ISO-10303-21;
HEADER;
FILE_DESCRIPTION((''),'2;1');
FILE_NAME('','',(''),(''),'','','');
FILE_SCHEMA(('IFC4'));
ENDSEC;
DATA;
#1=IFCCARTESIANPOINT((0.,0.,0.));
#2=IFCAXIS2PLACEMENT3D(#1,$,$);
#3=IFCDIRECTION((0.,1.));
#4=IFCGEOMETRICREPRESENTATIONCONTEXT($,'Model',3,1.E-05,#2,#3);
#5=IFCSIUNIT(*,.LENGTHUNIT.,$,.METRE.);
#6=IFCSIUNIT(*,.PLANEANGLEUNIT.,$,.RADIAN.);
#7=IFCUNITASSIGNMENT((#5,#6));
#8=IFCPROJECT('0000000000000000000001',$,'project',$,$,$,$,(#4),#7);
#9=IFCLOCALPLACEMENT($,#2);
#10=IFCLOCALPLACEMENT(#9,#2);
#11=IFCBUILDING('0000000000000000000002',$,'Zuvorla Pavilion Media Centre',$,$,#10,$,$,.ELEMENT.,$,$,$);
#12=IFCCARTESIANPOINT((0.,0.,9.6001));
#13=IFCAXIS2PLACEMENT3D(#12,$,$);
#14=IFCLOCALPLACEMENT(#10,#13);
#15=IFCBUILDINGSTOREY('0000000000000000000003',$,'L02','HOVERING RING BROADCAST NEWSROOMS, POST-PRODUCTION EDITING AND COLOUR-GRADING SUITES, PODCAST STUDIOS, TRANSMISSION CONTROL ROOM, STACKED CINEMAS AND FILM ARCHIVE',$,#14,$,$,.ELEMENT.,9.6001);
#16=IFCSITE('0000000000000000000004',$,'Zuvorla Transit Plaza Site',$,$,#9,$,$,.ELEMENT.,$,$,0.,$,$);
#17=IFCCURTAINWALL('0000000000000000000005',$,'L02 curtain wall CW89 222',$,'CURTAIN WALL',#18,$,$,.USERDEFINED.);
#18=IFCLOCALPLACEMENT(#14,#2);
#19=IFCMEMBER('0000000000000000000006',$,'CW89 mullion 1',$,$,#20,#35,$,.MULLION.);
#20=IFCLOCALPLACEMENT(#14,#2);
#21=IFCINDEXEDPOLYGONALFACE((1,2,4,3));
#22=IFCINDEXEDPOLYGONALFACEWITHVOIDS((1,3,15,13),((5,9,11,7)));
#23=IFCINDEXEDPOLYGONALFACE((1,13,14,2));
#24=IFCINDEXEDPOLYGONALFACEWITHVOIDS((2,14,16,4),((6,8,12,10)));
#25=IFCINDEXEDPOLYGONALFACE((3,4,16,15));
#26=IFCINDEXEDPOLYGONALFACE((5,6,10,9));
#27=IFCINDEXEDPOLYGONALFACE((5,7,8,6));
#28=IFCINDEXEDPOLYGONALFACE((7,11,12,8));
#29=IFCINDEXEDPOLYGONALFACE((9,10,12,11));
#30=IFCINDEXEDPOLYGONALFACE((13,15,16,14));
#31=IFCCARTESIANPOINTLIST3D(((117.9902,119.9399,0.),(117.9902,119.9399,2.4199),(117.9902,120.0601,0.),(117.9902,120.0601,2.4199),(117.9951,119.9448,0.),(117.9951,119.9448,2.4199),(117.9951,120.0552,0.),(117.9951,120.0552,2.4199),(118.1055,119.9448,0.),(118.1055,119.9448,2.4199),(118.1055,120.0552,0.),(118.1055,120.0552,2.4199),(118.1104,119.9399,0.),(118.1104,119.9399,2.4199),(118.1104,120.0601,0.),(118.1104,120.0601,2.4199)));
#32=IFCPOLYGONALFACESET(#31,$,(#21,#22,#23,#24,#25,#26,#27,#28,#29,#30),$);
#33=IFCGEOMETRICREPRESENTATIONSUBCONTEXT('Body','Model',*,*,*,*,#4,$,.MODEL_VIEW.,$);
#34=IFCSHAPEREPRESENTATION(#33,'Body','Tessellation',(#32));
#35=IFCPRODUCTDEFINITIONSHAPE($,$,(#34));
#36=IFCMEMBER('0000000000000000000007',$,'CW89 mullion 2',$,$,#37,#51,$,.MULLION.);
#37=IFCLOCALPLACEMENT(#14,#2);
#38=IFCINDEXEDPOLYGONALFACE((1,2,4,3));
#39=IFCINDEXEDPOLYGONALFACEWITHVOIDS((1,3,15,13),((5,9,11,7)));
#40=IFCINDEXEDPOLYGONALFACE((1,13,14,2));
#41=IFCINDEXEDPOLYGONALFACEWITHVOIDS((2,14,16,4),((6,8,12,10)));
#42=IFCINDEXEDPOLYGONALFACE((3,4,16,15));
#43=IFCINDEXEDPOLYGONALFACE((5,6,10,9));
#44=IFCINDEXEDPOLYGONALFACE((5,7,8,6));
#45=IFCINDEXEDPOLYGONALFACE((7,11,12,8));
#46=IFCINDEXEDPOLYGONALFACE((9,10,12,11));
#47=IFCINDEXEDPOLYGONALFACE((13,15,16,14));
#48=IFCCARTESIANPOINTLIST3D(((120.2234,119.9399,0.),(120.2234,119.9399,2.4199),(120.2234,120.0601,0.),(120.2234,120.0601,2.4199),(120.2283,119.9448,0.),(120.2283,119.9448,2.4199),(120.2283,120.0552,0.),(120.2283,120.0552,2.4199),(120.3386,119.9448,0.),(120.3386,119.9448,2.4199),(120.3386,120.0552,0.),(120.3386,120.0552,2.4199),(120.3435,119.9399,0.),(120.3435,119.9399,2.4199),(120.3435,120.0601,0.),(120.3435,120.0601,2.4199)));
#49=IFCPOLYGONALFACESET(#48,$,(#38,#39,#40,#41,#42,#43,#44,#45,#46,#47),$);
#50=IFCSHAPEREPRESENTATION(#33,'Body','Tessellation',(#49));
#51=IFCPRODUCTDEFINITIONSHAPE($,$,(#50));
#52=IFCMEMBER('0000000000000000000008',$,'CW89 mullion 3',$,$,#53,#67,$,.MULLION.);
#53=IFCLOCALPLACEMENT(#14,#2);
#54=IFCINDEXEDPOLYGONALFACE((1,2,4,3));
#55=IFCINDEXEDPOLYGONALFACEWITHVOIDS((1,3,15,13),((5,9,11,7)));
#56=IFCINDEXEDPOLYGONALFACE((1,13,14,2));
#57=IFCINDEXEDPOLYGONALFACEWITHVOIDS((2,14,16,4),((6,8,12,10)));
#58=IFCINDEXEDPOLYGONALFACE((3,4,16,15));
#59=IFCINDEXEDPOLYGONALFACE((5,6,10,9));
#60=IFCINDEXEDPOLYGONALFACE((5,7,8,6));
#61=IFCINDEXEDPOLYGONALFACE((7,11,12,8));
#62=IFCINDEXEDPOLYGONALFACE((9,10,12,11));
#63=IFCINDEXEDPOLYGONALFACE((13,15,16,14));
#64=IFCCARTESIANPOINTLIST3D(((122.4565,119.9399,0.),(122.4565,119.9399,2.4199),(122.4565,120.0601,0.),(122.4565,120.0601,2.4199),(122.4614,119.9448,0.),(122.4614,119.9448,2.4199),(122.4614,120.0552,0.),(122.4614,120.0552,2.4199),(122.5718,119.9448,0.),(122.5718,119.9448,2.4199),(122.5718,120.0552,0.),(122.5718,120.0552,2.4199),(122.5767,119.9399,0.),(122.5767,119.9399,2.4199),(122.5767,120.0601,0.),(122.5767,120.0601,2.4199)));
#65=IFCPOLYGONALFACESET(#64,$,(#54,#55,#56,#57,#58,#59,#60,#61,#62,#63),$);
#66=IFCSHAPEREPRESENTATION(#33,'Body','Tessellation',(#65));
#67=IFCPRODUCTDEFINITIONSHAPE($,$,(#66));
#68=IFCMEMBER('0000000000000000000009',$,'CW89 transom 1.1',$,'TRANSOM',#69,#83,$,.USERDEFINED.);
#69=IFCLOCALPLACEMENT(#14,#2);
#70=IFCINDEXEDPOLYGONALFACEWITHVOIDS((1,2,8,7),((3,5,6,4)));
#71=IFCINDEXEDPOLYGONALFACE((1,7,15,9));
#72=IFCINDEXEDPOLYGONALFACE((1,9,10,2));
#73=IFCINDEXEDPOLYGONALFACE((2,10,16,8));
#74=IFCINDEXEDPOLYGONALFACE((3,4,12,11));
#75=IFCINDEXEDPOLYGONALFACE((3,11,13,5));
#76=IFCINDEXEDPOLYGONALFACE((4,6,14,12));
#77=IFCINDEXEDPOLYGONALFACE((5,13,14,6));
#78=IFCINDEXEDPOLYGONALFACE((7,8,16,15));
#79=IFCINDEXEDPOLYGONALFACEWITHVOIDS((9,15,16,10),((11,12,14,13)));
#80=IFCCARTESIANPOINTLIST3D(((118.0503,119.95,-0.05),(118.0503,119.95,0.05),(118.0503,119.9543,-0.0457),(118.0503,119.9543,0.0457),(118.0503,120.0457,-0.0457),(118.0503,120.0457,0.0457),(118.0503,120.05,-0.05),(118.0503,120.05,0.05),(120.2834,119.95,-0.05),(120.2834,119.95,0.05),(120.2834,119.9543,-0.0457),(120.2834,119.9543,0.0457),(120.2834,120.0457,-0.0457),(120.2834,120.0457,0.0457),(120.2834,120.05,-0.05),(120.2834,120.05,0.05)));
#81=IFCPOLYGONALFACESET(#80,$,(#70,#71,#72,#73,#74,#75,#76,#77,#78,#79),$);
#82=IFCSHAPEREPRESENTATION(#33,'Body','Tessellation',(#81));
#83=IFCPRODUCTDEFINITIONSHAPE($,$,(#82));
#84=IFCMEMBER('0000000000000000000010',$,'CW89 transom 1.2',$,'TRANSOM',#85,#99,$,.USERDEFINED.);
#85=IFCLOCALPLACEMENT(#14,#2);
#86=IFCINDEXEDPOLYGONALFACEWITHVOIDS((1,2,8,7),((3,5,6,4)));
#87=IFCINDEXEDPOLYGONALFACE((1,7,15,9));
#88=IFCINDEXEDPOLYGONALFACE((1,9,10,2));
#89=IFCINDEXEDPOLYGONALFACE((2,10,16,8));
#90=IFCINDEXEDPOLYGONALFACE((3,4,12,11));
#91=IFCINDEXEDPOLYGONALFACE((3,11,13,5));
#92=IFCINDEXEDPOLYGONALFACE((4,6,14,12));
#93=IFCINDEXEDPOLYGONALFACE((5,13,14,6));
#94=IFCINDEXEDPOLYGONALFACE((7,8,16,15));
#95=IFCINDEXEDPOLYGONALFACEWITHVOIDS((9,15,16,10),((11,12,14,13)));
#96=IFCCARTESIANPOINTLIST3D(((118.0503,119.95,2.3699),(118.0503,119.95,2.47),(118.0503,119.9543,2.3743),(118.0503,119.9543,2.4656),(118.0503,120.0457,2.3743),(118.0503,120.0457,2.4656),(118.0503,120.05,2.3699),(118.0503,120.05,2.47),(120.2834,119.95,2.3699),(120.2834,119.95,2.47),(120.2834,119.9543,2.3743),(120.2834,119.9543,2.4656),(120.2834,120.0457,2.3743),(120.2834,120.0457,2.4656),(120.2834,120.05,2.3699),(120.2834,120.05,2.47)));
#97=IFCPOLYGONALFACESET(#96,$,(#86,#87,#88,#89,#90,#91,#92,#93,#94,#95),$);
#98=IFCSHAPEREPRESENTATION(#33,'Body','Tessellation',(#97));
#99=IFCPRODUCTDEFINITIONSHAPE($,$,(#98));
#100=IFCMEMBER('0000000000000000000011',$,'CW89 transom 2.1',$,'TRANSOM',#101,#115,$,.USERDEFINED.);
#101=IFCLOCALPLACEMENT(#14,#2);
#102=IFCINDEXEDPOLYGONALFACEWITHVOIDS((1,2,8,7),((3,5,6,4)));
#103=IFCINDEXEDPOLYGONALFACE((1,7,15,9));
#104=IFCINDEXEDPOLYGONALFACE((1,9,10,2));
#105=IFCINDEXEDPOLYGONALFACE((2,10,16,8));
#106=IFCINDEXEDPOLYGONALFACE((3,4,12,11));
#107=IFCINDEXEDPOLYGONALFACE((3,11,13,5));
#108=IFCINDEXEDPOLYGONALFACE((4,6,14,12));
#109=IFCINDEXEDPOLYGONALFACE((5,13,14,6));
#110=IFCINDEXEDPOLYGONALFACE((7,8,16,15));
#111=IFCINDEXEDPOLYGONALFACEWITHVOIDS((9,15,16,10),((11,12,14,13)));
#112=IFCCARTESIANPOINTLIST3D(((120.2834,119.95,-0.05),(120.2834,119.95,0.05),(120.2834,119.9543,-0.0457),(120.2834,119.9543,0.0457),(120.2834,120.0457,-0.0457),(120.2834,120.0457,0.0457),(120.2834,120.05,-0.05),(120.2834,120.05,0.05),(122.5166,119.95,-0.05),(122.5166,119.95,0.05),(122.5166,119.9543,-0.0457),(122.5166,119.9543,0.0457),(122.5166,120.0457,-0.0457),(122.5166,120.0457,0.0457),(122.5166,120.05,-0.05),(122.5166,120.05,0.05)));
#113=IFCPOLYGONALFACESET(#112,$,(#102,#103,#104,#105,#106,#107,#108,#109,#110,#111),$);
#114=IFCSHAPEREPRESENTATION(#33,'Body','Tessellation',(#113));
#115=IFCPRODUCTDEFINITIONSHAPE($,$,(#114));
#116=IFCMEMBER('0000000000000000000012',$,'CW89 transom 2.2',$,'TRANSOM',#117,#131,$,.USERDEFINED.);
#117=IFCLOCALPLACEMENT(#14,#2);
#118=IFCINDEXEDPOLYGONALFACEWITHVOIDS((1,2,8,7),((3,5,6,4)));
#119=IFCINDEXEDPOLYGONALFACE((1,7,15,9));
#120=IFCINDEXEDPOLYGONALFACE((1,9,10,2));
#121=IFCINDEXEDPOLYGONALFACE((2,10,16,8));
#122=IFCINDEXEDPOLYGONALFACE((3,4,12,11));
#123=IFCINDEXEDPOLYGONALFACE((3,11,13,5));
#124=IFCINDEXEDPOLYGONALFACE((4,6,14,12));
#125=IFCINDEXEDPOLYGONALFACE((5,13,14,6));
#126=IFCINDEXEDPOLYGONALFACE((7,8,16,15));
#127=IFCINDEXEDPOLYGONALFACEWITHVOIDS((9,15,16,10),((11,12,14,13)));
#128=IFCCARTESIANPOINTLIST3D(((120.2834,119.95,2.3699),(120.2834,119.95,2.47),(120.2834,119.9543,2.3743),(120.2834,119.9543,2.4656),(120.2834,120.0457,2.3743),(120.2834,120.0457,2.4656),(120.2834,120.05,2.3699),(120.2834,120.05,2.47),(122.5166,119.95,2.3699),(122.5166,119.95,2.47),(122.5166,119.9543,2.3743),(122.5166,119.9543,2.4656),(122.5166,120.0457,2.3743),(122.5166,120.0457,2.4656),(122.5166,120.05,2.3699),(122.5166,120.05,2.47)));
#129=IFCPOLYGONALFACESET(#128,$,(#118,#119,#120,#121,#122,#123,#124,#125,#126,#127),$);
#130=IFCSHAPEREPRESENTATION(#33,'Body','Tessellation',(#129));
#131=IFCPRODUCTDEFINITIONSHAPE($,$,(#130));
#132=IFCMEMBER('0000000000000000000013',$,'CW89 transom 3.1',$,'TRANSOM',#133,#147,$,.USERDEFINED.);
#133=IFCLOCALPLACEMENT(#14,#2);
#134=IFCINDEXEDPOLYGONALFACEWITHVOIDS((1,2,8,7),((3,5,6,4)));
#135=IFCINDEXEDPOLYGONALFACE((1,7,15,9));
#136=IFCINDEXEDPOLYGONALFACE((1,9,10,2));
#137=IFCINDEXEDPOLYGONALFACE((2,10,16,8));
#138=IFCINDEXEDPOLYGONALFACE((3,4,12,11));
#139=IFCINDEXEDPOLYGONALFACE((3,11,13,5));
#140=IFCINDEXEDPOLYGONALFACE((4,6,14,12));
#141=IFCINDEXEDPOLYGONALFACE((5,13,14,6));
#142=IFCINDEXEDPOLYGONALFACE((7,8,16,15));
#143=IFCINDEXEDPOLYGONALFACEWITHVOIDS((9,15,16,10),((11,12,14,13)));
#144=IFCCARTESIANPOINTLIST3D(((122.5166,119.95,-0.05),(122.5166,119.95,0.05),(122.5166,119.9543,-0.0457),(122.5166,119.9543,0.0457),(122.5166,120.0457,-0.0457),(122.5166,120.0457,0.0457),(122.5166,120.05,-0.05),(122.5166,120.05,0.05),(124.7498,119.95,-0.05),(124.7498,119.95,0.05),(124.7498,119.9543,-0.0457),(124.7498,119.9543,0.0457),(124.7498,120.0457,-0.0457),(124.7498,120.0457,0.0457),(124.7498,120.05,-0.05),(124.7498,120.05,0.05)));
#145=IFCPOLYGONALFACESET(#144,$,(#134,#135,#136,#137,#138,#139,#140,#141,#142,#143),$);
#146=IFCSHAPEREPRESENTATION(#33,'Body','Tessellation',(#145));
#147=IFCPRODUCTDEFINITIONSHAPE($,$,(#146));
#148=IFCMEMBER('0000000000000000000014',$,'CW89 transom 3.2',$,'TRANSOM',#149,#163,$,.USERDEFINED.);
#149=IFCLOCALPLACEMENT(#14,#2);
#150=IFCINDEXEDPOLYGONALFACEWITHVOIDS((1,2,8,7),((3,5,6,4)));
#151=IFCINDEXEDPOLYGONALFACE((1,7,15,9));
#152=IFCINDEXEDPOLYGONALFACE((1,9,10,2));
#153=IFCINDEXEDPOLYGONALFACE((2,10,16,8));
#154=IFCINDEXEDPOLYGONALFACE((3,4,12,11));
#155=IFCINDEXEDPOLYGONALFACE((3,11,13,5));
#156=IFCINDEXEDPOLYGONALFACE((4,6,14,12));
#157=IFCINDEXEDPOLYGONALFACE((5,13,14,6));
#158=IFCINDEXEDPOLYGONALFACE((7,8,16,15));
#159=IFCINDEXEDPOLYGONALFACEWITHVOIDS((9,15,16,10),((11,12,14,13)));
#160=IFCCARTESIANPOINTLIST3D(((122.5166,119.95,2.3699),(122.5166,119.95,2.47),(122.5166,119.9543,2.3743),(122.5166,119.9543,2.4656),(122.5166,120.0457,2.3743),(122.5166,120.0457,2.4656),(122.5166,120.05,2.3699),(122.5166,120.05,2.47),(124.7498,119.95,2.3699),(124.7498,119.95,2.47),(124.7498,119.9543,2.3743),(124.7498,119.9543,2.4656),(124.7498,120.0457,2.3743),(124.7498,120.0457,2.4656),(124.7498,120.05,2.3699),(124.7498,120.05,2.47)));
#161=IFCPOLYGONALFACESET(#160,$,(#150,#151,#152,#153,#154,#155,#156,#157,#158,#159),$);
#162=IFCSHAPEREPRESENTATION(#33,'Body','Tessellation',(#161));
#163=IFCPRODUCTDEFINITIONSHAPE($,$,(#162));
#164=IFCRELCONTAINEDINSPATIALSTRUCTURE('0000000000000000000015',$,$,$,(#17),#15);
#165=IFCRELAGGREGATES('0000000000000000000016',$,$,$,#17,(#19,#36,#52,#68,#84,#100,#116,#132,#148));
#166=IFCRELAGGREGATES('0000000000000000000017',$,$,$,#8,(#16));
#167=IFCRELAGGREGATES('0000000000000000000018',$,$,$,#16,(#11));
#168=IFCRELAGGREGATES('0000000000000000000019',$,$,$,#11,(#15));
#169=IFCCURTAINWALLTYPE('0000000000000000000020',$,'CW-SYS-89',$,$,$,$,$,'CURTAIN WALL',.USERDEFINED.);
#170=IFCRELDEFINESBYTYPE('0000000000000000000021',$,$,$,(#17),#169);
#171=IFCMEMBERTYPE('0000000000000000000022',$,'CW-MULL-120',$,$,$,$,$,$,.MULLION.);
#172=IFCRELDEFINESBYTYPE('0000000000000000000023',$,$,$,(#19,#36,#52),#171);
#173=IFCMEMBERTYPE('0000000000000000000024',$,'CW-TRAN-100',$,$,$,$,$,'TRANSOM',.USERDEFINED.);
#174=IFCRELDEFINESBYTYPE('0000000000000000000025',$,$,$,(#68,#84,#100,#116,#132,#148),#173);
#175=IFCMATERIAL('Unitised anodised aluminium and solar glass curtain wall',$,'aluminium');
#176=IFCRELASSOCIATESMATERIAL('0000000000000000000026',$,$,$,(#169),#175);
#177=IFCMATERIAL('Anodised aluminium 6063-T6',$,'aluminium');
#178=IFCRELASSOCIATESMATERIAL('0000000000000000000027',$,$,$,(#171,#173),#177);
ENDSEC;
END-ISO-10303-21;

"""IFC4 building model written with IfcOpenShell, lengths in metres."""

from ifc_helpers import new_model, si_unit, direction, frame, origin, origin_2d, place, context, subcontext, project, spatial, hollow_rectangle, extrude, material, material_profile, profile_set, type_object, element, aggregate, save


model = new_model("IFC4")

# Units and contexts
model_context = context("Model", 3, precision=1e-05, world=origin(), true_north=direction((0.0, 1.0)))
body_context = subcontext(model_context, "Body", "Model", "MODEL_VIEW")
ifc_project = project(units=[si_unit("LENGTHUNIT", "METRE"), si_unit("PLANEANGLEUNIT", "RADIAN")], contexts=[model_context])

# Site, building, storey
site_placement = place(None, origin())
site = spatial("IfcSite", under=ifc_project, at=site_placement, Name="Zuvorla Transit Plaza Site", CompositionType="ELEMENT", RefElevation=0.0)
building_placement = place(site_placement, origin())
building = spatial("IfcBuilding", under=site, at=building_placement, Name="Zuvorla Pavilion Media Centre", CompositionType="ELEMENT")
storey_placement = place(building_placement, frame((0.0, 0.0, 9.6001)))
storey = spatial("IfcBuildingStorey", under=building, at=storey_placement, Name="L02", Description="HOVERING RING BROADCAST NEWSROOMS, POST-PRODUCTION EDITING AND COLOUR-GRADING SUITES, PODCAST STUDIOS, TRANSMISSION CONTROL ROOM, STACKED CINEMAS AND FILM ARCHIVE", CompositionType="ELEMENT", Elevation=9.6001)

# Curtain wall, members
ifc_material_1 = material(Name="Unitised anodised aluminium and solar glass curtain wall", Category="aluminium")
curtain_wall_type = type_object("IfcCurtainWallType", Name="CW-SYS-89", ElementType="CURTAIN WALL", PredefinedType="USERDEFINED", material=ifc_material_1)
curtain_wall_placement = place(storey_placement, origin())
curtain_wall = element("IfcCurtainWall", 1, at=curtain_wall_placement, inside=storey, type_object=curtain_wall_type, Name="L02 curtain wall CW89 222", ObjectType="CURTAIN WALL", PredefinedType="USERDEFINED")
ifc_material_2 = material(Name="Anodised aluminium 6063-T6", Category="aluminium")
ifc_material_profile_1 = material_profile(ifc_material_2, hollow_rectangle(XDim=0.1201, YDim=0.1201, WallThickness=0.0049, at=origin_2d()), Name="ALU MULL 120x120")
ifc_profile_set_1 = profile_set([ifc_material_profile_1], Name="Anodised aluminium 6063-T6")
member_type_1 = type_object("IfcMemberType", Name="CW-MULL-120", PredefinedType="MULLION", material=ifc_profile_set_1)
member_1_placement = place(storey_placement, frame((118.0503, 120.0, 0.0), z_axis=(0.0, 0.0, 1.0), x_axis=(1.0, 0.0, 0.0)))
member_1 = element("IfcMember", 2, at=member_1_placement, type_object=member_type_1, Name="CW89 mullion 1", PredefinedType="MULLION", context=body_context, shape_type="SweptSolid", body=[
    extrude(hollow_rectangle(XDim=0.1201, YDim=0.1201, WallThickness=0.0049, at=origin_2d()), origin(), (0.0, 0.0, 1.0), 2.4199),
])
member_2_placement = place(storey_placement, frame((120.2834, 120.0, 0.0), z_axis=(0.0, 0.0, 1.0), x_axis=(1.0, 0.0, 0.0)))
member_2 = element("IfcMember", 3, at=member_2_placement, type_object=member_type_1, Name="CW89 mullion 2", PredefinedType="MULLION", context=body_context, shape_type="SweptSolid", body=[
    extrude(hollow_rectangle(XDim=0.1201, YDim=0.1201, WallThickness=0.0049, at=origin_2d()), origin(), (0.0, 0.0, 1.0), 2.4199),
])
member_3_placement = place(storey_placement, frame((122.5166, 120.0, 0.0), z_axis=(0.0, 0.0, 1.0), x_axis=(1.0, 0.0, 0.0)))
member_3 = element("IfcMember", 4, at=member_3_placement, type_object=member_type_1, Name="CW89 mullion 3", PredefinedType="MULLION", context=body_context, shape_type="SweptSolid", body=[
    extrude(hollow_rectangle(XDim=0.1201, YDim=0.1201, WallThickness=0.0049, at=origin_2d()), origin(), (0.0, 0.0, 1.0), 2.4199),
])
ifc_material_profile_2 = material_profile(ifc_material_2, hollow_rectangle(XDim=0.1001, YDim=0.1001, WallThickness=0.0044, at=origin_2d()), Name="ALU TRAN 100x100")
ifc_profile_set_2 = profile_set([ifc_material_profile_2], Name="Anodised aluminium 6063-T6")
member_type_2 = type_object("IfcMemberType", Name="CW-TRAN-100", ElementType="TRANSOM", PredefinedType="USERDEFINED", material=ifc_profile_set_2)
member_4_placement = place(storey_placement, frame((118.0503, 120.0, 0.0), z_axis=(1.0, 0.0, 0.0), x_axis=(0.0, 1.0, 0.0)))
member_4 = element("IfcMember", 5, at=member_4_placement, type_object=member_type_2, Name="CW89 transom 1.1", ObjectType="TRANSOM", PredefinedType="USERDEFINED", context=body_context, shape_type="SweptSolid", body=[
    extrude(hollow_rectangle(XDim=0.1001, YDim=0.1001, WallThickness=0.0044, at=origin_2d()), origin(), (0.0, 0.0, 1.0), 2.2332),
])
member_5_placement = place(storey_placement, frame((118.0503, 120.0, 2.4199), z_axis=(1.0, 0.0, 0.0), x_axis=(0.0, 1.0, 0.0)))
member_5 = element("IfcMember", 6, at=member_5_placement, type_object=member_type_2, Name="CW89 transom 1.2", ObjectType="TRANSOM", PredefinedType="USERDEFINED", context=body_context, shape_type="SweptSolid", body=[
    extrude(hollow_rectangle(XDim=0.1001, YDim=0.1001, WallThickness=0.0044, at=origin_2d()), origin(), (0.0, 0.0, 1.0), 2.2332),
])
member_6_placement = place(storey_placement, frame((120.2834, 120.0, 0.0), z_axis=(1.0, 0.0, 0.0), x_axis=(0.0, 1.0, 0.0)))
member_6 = element("IfcMember", 7, at=member_6_placement, type_object=member_type_2, Name="CW89 transom 2.1", ObjectType="TRANSOM", PredefinedType="USERDEFINED", context=body_context, shape_type="SweptSolid", body=[
    extrude(hollow_rectangle(XDim=0.1001, YDim=0.1001, WallThickness=0.0044, at=origin_2d()), origin(), (0.0, 0.0, 1.0), 2.2332),
])
member_7_placement = place(storey_placement, frame((120.2834, 120.0, 2.4199), z_axis=(1.0, 0.0, 0.0), x_axis=(0.0, 1.0, 0.0)))
member_7 = element("IfcMember", 8, at=member_7_placement, type_object=member_type_2, Name="CW89 transom 2.2", ObjectType="TRANSOM", PredefinedType="USERDEFINED", context=body_context, shape_type="SweptSolid", body=[
    extrude(hollow_rectangle(XDim=0.1001, YDim=0.1001, WallThickness=0.0044, at=origin_2d()), origin(), (0.0, 0.0, 1.0), 2.2332),
])
member_8_placement = place(storey_placement, frame((122.5166, 120.0, 0.0), z_axis=(1.0, 0.0, 0.0), x_axis=(0.0, 1.0, 0.0)))
member_8 = element("IfcMember", 9, at=member_8_placement, type_object=member_type_2, Name="CW89 transom 3.1", ObjectType="TRANSOM", PredefinedType="USERDEFINED", context=body_context, shape_type="SweptSolid", body=[
    extrude(hollow_rectangle(XDim=0.1001, YDim=0.1001, WallThickness=0.0044, at=origin_2d()), origin(), (0.0, 0.0, 1.0), 2.2332),
])
member_9_placement = place(storey_placement, frame((122.5166, 120.0, 2.4199), z_axis=(1.0, 0.0, 0.0), x_axis=(0.0, 1.0, 0.0)))
member_9 = element("IfcMember", 10, at=member_9_placement, type_object=member_type_2, Name="CW89 transom 3.2", ObjectType="TRANSOM", PredefinedType="USERDEFINED", context=body_context, shape_type="SweptSolid", body=[
    extrude(hollow_rectangle(XDim=0.1001, YDim=0.1001, WallThickness=0.0044, at=origin_2d()), origin(), (0.0, 0.0, 1.0), 2.2332),
])

aggregate(curtain_wall, [member_1, member_2, member_3, member_4, member_5, member_6, member_7, member_8, member_9])

save(model, "model.ifc")
